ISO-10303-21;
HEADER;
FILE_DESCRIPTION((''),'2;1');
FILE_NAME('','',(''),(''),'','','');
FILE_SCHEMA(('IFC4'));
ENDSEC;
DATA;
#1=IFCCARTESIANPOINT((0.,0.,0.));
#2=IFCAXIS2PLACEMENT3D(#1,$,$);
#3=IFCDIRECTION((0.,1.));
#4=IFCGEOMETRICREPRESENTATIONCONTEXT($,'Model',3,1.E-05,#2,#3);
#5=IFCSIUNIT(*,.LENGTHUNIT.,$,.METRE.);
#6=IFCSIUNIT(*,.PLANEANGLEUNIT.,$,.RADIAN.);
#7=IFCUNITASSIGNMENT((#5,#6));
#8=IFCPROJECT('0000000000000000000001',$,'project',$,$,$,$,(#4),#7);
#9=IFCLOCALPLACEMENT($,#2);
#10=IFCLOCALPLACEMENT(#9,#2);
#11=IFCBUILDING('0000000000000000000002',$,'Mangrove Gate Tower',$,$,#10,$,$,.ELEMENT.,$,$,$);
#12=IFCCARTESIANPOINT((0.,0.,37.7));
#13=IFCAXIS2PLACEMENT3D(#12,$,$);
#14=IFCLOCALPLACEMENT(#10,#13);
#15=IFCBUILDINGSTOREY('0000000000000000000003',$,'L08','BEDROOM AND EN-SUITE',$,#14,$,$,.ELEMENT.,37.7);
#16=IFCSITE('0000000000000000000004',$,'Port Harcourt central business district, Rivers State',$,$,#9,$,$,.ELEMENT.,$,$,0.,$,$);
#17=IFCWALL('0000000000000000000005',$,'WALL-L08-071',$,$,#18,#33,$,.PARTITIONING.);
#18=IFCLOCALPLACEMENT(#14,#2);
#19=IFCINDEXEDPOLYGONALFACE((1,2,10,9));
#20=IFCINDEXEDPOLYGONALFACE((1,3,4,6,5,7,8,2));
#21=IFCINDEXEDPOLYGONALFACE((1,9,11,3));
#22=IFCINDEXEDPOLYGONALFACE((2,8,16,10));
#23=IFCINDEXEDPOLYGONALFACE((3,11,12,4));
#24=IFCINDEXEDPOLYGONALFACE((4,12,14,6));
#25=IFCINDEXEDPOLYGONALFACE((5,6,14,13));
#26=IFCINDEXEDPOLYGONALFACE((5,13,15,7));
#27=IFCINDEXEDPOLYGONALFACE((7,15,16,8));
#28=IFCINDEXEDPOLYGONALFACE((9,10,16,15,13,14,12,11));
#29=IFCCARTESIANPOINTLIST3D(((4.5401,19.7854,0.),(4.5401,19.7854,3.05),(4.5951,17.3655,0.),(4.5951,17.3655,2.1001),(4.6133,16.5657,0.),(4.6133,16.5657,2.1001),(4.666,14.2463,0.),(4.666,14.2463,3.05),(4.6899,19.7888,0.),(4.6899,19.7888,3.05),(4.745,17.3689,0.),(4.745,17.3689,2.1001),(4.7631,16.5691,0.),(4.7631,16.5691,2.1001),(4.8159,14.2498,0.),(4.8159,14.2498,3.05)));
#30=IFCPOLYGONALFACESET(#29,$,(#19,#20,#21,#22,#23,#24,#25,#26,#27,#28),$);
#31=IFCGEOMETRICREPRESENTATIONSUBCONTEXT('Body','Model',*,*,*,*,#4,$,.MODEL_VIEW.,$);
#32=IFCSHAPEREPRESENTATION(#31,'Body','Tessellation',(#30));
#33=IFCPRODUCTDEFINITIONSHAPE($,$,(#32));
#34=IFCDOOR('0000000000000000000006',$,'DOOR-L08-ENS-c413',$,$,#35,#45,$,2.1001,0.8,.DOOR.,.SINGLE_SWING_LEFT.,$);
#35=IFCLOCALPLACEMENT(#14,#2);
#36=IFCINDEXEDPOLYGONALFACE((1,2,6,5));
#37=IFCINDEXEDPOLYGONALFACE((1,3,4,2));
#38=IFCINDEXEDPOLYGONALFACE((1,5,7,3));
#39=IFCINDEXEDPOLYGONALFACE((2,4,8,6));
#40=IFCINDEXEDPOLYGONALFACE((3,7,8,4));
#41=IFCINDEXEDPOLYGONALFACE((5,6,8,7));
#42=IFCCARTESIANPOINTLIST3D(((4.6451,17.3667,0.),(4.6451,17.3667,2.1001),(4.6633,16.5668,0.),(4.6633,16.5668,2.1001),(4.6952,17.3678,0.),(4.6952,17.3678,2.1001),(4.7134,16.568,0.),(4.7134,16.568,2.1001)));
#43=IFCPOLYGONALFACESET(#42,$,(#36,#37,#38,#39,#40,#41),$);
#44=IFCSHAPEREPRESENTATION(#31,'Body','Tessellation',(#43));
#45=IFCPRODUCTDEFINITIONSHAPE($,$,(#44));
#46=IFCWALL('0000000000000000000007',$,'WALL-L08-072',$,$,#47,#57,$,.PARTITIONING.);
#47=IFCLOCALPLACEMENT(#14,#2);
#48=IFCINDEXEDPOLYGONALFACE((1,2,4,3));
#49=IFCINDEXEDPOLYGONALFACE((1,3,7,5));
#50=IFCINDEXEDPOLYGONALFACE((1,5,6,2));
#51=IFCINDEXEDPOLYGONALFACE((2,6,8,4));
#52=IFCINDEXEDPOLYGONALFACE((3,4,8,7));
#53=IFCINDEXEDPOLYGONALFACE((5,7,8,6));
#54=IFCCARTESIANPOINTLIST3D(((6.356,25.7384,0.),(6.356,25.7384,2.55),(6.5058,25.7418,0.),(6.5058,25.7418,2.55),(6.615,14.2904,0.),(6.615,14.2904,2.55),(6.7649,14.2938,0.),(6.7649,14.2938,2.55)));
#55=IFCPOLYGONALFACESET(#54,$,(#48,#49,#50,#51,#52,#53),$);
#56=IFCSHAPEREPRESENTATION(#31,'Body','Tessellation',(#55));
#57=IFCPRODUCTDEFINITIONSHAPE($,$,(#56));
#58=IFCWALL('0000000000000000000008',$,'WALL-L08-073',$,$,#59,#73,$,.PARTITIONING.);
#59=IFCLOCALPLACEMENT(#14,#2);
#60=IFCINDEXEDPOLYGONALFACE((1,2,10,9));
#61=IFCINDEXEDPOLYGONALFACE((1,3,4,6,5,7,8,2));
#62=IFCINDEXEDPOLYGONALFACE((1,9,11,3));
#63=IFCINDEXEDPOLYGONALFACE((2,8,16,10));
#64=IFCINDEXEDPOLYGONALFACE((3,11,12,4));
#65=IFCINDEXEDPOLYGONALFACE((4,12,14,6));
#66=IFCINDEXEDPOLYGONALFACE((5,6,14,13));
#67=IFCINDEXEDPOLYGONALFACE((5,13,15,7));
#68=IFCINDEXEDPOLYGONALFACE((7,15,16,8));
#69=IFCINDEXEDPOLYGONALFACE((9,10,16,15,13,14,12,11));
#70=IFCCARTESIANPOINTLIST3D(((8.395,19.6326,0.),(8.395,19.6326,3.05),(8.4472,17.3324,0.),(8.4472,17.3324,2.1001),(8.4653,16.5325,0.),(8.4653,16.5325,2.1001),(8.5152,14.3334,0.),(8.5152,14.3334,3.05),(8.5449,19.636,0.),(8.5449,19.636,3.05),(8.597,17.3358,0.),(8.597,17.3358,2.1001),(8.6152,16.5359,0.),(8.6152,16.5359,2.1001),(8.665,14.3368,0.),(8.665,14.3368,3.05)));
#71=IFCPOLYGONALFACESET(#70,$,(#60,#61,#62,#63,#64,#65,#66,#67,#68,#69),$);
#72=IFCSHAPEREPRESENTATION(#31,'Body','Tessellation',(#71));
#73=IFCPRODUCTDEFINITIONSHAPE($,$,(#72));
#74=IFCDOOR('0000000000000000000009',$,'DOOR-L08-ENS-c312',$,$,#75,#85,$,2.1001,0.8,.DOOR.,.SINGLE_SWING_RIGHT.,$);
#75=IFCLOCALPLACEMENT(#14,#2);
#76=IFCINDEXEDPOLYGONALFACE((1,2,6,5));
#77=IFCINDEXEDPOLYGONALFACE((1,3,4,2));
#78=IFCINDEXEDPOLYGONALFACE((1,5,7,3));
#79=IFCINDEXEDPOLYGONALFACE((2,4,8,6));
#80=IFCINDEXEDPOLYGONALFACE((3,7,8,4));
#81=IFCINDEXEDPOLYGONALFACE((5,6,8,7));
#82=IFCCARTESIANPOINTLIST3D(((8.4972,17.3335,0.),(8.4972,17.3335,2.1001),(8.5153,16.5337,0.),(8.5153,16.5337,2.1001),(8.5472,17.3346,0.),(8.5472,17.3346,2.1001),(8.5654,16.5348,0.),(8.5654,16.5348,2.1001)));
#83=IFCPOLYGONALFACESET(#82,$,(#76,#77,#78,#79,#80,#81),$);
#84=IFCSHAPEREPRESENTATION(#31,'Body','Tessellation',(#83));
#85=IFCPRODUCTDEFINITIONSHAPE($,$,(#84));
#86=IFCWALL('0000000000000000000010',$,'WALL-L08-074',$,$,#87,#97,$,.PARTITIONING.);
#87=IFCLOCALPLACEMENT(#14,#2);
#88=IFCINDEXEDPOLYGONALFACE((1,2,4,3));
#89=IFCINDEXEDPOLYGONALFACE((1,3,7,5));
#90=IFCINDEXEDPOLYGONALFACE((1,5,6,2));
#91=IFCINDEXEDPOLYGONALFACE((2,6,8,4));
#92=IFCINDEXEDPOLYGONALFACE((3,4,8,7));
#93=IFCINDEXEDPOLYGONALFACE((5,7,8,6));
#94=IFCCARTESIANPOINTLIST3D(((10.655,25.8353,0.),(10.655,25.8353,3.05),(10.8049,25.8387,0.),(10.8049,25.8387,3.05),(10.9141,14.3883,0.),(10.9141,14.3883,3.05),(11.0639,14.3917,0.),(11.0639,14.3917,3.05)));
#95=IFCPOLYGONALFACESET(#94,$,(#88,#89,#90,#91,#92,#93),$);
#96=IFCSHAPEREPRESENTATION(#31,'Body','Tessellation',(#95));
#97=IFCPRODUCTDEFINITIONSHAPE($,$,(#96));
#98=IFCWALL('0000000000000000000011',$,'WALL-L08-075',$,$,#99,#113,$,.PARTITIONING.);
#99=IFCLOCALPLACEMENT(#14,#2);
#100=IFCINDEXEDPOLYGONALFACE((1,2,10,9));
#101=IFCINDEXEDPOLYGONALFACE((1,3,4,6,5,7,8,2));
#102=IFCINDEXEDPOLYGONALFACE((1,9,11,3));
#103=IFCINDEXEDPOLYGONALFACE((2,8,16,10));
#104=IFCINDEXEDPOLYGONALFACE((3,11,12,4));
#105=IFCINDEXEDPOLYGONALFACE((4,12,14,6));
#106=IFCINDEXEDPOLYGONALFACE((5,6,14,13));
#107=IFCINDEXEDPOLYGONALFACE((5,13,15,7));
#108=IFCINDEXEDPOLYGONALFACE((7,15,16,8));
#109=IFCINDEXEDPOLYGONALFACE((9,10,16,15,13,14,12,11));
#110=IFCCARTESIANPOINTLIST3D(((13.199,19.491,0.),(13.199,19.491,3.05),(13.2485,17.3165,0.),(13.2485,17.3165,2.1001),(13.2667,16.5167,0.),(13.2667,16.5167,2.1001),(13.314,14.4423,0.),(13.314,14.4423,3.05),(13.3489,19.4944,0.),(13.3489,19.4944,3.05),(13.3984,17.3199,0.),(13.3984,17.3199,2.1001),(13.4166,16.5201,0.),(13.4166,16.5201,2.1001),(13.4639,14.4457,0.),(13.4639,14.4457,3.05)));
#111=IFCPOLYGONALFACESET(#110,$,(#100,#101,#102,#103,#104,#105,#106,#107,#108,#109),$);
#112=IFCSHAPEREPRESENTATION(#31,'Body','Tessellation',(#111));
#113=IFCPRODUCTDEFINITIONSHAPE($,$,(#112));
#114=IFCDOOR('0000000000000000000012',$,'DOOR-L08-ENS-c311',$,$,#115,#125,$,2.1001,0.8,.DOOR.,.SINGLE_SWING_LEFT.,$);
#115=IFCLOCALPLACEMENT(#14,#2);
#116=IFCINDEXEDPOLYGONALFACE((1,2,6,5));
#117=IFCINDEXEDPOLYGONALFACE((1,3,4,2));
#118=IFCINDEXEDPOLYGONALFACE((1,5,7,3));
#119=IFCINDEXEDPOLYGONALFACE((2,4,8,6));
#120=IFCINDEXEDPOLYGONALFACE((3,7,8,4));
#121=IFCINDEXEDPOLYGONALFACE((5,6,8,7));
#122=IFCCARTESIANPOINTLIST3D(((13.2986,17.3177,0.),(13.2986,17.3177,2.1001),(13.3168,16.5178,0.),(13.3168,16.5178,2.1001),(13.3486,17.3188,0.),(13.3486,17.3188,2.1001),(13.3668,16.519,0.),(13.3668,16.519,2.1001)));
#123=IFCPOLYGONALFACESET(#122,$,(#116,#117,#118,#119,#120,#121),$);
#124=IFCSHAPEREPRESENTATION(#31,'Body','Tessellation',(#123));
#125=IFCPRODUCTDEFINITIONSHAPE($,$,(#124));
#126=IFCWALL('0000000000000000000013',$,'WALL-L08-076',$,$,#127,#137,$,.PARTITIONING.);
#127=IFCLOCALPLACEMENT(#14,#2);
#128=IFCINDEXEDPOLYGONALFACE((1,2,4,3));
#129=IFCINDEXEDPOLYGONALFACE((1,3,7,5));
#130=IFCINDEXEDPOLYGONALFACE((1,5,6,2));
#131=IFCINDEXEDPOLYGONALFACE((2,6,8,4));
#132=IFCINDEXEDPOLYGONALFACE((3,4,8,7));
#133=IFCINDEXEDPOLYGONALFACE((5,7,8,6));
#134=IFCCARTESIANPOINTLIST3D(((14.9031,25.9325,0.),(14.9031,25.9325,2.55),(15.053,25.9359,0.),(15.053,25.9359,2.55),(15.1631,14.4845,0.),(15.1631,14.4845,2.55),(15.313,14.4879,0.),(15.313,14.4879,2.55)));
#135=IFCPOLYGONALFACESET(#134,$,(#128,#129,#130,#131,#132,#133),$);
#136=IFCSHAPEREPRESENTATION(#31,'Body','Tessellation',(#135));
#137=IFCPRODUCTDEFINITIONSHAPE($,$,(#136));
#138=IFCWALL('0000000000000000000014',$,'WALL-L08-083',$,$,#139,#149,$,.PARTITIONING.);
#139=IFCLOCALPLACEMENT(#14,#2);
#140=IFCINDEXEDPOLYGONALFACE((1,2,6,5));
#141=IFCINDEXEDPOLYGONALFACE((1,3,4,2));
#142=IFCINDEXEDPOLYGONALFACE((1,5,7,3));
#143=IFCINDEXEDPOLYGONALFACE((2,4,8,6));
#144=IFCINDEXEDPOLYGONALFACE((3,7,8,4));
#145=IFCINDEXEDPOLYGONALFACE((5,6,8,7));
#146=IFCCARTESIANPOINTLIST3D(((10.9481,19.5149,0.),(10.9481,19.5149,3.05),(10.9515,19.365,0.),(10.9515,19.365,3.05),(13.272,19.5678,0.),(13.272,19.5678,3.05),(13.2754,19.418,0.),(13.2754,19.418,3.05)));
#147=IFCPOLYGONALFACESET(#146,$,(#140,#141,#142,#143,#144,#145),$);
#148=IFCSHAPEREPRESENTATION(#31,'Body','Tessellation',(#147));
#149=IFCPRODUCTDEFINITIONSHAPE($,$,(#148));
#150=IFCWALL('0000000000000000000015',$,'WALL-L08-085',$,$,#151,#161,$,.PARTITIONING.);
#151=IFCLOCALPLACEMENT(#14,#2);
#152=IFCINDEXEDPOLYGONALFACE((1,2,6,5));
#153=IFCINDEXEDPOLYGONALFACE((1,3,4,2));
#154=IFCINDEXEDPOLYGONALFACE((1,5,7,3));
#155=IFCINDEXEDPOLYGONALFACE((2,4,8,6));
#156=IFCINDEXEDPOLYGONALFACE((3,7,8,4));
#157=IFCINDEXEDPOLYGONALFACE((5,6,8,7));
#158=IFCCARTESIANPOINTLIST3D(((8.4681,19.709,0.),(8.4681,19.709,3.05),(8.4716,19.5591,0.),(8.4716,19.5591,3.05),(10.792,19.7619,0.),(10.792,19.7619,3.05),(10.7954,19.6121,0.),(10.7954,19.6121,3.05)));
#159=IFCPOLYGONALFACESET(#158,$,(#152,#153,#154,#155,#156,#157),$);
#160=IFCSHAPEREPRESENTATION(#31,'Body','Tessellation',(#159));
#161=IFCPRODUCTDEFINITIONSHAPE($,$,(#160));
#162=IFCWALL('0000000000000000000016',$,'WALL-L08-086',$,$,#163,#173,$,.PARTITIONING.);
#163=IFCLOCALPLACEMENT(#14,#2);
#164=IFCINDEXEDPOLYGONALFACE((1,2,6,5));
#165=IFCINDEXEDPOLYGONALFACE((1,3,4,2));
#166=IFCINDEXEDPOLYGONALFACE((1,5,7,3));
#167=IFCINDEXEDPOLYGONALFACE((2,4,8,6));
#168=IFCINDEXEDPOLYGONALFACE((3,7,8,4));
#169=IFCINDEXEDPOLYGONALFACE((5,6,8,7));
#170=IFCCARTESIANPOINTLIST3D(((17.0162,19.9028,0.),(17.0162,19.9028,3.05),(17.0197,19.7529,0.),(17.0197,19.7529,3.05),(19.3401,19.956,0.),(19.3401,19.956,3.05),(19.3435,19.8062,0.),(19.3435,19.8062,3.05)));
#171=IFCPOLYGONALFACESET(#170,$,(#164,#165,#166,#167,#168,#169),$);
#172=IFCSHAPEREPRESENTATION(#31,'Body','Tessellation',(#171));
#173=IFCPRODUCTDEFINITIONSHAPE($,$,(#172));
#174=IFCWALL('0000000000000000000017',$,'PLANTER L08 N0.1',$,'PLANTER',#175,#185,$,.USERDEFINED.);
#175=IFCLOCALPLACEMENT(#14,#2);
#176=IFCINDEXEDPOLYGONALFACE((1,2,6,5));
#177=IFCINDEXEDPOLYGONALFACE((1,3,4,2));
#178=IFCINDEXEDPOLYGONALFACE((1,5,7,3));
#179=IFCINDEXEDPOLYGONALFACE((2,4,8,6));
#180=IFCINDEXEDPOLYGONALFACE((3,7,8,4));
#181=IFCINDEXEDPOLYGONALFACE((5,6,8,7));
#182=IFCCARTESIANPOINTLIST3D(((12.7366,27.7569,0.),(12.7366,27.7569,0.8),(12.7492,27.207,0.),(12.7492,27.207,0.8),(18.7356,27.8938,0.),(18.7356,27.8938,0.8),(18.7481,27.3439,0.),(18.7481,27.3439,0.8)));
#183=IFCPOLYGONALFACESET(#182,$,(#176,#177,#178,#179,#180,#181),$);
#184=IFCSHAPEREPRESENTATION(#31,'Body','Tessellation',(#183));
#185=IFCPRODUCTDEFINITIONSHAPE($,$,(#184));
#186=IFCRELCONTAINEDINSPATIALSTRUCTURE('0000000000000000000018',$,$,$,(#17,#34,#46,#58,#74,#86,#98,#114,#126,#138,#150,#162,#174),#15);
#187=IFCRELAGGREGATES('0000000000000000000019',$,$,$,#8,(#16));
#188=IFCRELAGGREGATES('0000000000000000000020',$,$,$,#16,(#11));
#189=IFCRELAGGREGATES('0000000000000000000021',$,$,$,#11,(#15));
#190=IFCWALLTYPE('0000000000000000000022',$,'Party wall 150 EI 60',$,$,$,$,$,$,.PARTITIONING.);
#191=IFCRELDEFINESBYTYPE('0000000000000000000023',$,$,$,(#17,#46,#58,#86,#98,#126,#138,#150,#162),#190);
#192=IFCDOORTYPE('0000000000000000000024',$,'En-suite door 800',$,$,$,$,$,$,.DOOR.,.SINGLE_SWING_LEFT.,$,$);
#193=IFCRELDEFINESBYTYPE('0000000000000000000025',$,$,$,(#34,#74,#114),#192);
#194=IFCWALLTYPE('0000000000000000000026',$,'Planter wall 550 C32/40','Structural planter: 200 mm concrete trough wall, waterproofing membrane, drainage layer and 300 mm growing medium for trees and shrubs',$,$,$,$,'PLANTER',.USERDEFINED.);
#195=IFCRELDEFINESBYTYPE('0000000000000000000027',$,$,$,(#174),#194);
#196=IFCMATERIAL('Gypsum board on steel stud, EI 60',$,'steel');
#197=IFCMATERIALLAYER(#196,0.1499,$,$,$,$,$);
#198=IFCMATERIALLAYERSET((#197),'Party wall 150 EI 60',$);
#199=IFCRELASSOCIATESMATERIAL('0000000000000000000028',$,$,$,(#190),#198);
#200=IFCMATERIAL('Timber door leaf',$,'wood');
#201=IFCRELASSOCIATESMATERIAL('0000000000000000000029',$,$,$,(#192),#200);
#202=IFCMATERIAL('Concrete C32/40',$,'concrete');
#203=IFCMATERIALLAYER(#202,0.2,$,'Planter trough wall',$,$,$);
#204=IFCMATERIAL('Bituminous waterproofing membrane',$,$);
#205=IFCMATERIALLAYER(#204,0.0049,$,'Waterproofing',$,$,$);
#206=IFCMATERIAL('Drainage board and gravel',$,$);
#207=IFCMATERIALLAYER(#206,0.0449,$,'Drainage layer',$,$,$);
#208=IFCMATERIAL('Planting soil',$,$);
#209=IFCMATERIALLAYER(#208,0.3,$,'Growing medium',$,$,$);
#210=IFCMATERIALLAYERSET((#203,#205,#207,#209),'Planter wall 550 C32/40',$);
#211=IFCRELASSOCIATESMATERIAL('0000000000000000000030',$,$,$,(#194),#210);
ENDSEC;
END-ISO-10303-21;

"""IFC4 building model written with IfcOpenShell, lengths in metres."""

from ifc_helpers import new_model, si_unit, direction, frame, frame_2d, origin, place, context, subcontext, project, spatial, rectangle, extrude, material, layer, layer_set, type_object, element, fill, save


model = new_model("IFC4")

# Units and contexts
model_context = context("Model", 3, precision=1e-05, world=origin(), true_north=direction((0.0, 1.0)))
body_context = subcontext(model_context, "Body", "Model", "MODEL_VIEW")
ifc_project = project(units=[si_unit("LENGTHUNIT", "METRE"), si_unit("PLANEANGLEUNIT", "RADIAN")], contexts=[model_context])

# Site, building, storey
site_placement = place(None, origin())
site = spatial("IfcSite", under=ifc_project, at=site_placement, Name="Port Harcourt central business district, Rivers State", CompositionType="ELEMENT", RefElevation=0.0)
building_placement = place(site_placement, origin())
building = spatial("IfcBuilding", under=site, at=building_placement, Name="Mangrove Gate Tower", CompositionType="ELEMENT")
storey_placement = place(building_placement, frame((0.0, 0.0, 37.7)))
storey = spatial("IfcBuildingStorey", under=building, at=storey_placement, Name="L08", Description="BEDROOM AND EN-SUITE", CompositionType="ELEMENT", Elevation=37.7)

# Shared definitions
ifc_material_1 = material(Name="Gypsum board on steel stud, EI 60", Category="steel")
ifc_layer_1 = layer(ifc_material_1, 0.1499)
ifc_layer_set_1 = layer_set([ifc_layer_1], Name="Party wall 150 EI 60")
wall_type_1 = type_object("IfcWallType", Name="Party wall 150 EI 60", PredefinedType="PARTITIONING", material=ifc_layer_set_1)
ifc_material_2 = material(Name="Timber door leaf", Category="wood")
door_type_1 = type_object("IfcDoorType", Name="En-suite door 800", OperationType="SINGLE_SWING_LEFT", PredefinedType="DOOR", material=ifc_material_2)

# Wall, opening, door
wall_1_placement = place(storey_placement, frame((4.741, 14.248, 0.0), z_axis=(0.0, 0.0, 1.0), x_axis=(-0.022737, 0.999741, 0.0)))
wall_1 = element("IfcWall", 1, at=wall_1_placement, inside=storey, type_object=wall_type_1, Name="WALL-L08-071", PredefinedType="PARTITIONING", context=body_context, shape_type="SweptSolid", body=[
    extrude(rectangle(XDim=5.5405, YDim=0.1499, at=frame_2d((2.7703, 0.0))), origin(), (0.0, 0.0, 1.0), 3.05),
])
opening_1_placement = place(wall_1_placement, frame((2.3201, 0.0, 0.0)))
opening_1 = element("IfcOpeningElement", 2, at=opening_1_placement, cuts=wall_1, PredefinedType="OPENING", context=body_context, shape_type="SweptSolid", body=[
    extrude(rectangle(XDim=0.8, YDim=2.1001, at=frame_2d((0.3999, 1.05))), frame((0.0, 0.085, 0.0), z_axis=(0.0, -1.0, 0.0), x_axis=(1.0, 0.0, 0.0)), (0.0, 0.0, 1.0), 0.1699),
])
door_1_placement = place(opening_1_placement, origin())
door_1 = element("IfcDoor", 3, at=door_1_placement, inside=storey, type_object=door_type_1, Name="DOOR-L08-ENS-c413", OperationType="SINGLE_SWING_LEFT", OverallHeight=2.1001, OverallWidth=0.8, PredefinedType="DOOR", context=body_context, shape_type="SweptSolid", body=[
    extrude(rectangle(XDim=0.8, YDim=2.1001, at=frame_2d((0.3999, 1.05))), frame((0.0, 0.0249, 0.0), z_axis=(0.0, -1.0, 0.0), x_axis=(1.0, 0.0, 0.0)), (0.0, 0.0, 1.0), 0.05),
])
fill(opening_1, door_1)

# Wall
wall_2_placement = place(storey_placement, frame((6.6899, 14.292, 0.0), z_axis=(0.0, 0.0, 1.0), x_axis=(-0.022621, 0.999744, 0.0)))
element("IfcWall", 4, at=wall_2_placement, inside=storey, type_object=wall_type_1, Name="WALL-L08-072", PredefinedType="PARTITIONING", context=body_context, shape_type="SweptSolid", body=[
    extrude(rectangle(XDim=11.4509, YDim=0.1499, at=frame_2d((5.7256, 0.0))), origin(), (0.0, 0.0, 1.0), 2.55),
])

# Wall, opening, door
wall_3_placement = place(storey_placement, frame((8.5901, 14.335, 0.0), z_axis=(0.0, 0.0, 1.0), x_axis=(-0.022662, 0.999743, 0.0)))
wall_3 = element("IfcWall", 5, at=wall_3_placement, inside=storey, type_object=wall_type_1, Name="WALL-L08-073", PredefinedType="PARTITIONING", context=body_context, shape_type="SweptSolid", body=[
    extrude(rectangle(XDim=5.3005, YDim=0.1499, at=frame_2d((2.6504, 0.0))), origin(), (0.0, 0.0, 1.0), 3.05),
])
opening_2_placement = place(wall_3_placement, frame((2.2, 0.0, 0.0)))
opening_2 = element("IfcOpeningElement", 6, at=opening_2_placement, cuts=wall_3, PredefinedType="OPENING", context=body_context, shape_type="SweptSolid", body=[
    extrude(rectangle(XDim=0.8, YDim=2.1001, at=frame_2d((0.3999, 1.05))), frame((0.0, 0.085, 0.0), z_axis=(0.0, -1.0, 0.0), x_axis=(1.0, 0.0, 0.0)), (0.0, 0.0, 1.0), 0.1699),
])
door_2_placement = place(opening_2_placement, origin())
door_2 = element("IfcDoor", 7, at=door_2_placement, inside=storey, type_object=door_type_1, Name="DOOR-L08-ENS-c312", OperationType="SINGLE_SWING_RIGHT", OverallHeight=2.1001, OverallWidth=0.8, PredefinedType="DOOR", context=body_context, shape_type="SweptSolid", body=[
    extrude(rectangle(XDim=0.8, YDim=2.1001, at=frame_2d((0.3999, 1.05))), frame((0.0, 0.0249, 0.0), z_axis=(0.0, -1.0, 0.0), x_axis=(1.0, 0.0, 0.0)), (0.0, 0.0, 1.0), 0.05),
])
fill(opening_2, door_2)

# Wall
wall_4_placement = place(storey_placement, frame((10.989, 14.3899, 0.0), z_axis=(0.0, 0.0, 1.0), x_axis=(-0.022623, 0.999744, 0.0)))
element("IfcWall", 8, at=wall_4_placement, inside=storey, type_object=wall_type_1, Name="WALL-L08-074", PredefinedType="PARTITIONING", context=body_context, shape_type="SweptSolid", body=[
    extrude(rectangle(XDim=11.45, YDim=0.1499, at=frame_2d((5.7251, 0.0))), origin(), (0.0, 0.0, 1.0), 3.05),
])

# Wall, opening, door
wall_5_placement = place(storey_placement, frame((13.3889, 14.4441, 0.0), z_axis=(0.0, 0.0, 1.0), x_axis=(-0.02277, 0.999741, 0.0)))
wall_5 = element("IfcWall", 9, at=wall_5_placement, inside=storey, type_object=wall_type_1, Name="WALL-L08-075", PredefinedType="PARTITIONING", context=body_context, shape_type="SweptSolid", body=[
    extrude(rectangle(XDim=5.05, YDim=0.1499, at=frame_2d((2.5249, 0.0))), origin(), (0.0, 0.0, 1.0), 3.05),
])
opening_3_placement = place(wall_5_placement, frame((2.075, 0.0, 0.0)))
opening_3 = element("IfcOpeningElement", 10, at=opening_3_placement, cuts=wall_5, PredefinedType="OPENING", context=body_context, shape_type="SweptSolid", body=[
    extrude(rectangle(XDim=0.8, YDim=2.1001, at=frame_2d((0.3999, 1.05))), frame((0.0, 0.085, 0.0), z_axis=(0.0, -1.0, 0.0), x_axis=(1.0, 0.0, 0.0)), (0.0, 0.0, 1.0), 0.1699),
])
door_3_placement = place(opening_3_placement, origin())
door_3 = element("IfcDoor", 11, at=door_3_placement, inside=storey, type_object=door_type_1, Name="DOOR-L08-ENS-c311", OperationType="SINGLE_SWING_LEFT", OverallHeight=2.1001, OverallWidth=0.8, PredefinedType="DOOR", context=body_context, shape_type="SweptSolid", body=[
    extrude(rectangle(XDim=0.8, YDim=2.1001, at=frame_2d((0.3999, 1.05))), frame((0.0, 0.0249, 0.0), z_axis=(0.0, -1.0, 0.0), x_axis=(1.0, 0.0, 0.0)), (0.0, 0.0, 1.0), 0.05),
])
fill(opening_3, door_3)

# Walls
wall_6_placement = place(storey_placement, frame((15.238, 14.4861, 0.0), z_axis=(0.0, 0.0, 1.0), x_axis=(-0.022706, 0.999742, 0.0)))
element("IfcWall", 12, at=wall_6_placement, inside=storey, type_object=wall_type_1, Name="WALL-L08-076", PredefinedType="PARTITIONING", context=body_context, shape_type="SweptSolid", body=[
    extrude(rectangle(XDim=11.4509, YDim=0.1499, at=frame_2d((5.7256, 0.0))), origin(), (0.0, 0.0, 1.0), 2.55),
])
for number, where, z_axis, x_axis, name in (
    (13, (10.95, 19.4399, 0.0), (0.0, 0.0, 1.0), (0.99974, 0.022791, 0.0), "WALL-L08-083"),
    (14, (8.47, 19.634, 0.0), (0.0, 0.0, 1.0), (0.99974, 0.022791, 0.0), "WALL-L08-085"),
    (15, (17.0181, 19.8279, 0.0), (0.0, 0.0, 1.0), (0.999738, 0.022896, 0.0), "WALL-L08-086"),
):
    element("IfcWall", number, at=place(storey_placement, frame(where, z_axis=z_axis, x_axis=x_axis)), inside=storey, type_object=wall_type_1, Name=name, PredefinedType="PARTITIONING", context=body_context, shape_type="SweptSolid", body=[
        extrude(rectangle(XDim=2.3245, YDim=0.1499, at=frame_2d((1.1621, 0.0))), origin(), (0.0, 0.0, 1.0), 3.05),
    ])
ifc_material_3 = material(Name="Concrete C32/40", Category="concrete")
ifc_layer_2 = layer(ifc_material_3, 0.2, Name="Planter trough wall")
ifc_material_4 = material(Name="Bituminous waterproofing membrane")
ifc_layer_3 = layer(ifc_material_4, 0.0049, Name="Waterproofing")
ifc_material_5 = material(Name="Drainage board and gravel")
ifc_layer_4 = layer(ifc_material_5, 0.0449, Name="Drainage layer")
ifc_material_6 = material(Name="Planting soil")
ifc_layer_5 = layer(ifc_material_6, 0.3, Name="Growing medium")
ifc_layer_set_2 = layer_set([ifc_layer_2, ifc_layer_3, ifc_layer_4, ifc_layer_5], Name="Planter wall 550 C32/40")
wall_type_2 = type_object("IfcWallType", Name="Planter wall 550 C32/40", Description="Structural planter: 200 mm concrete trough wall, waterproofing membrane, drainage layer and 300 mm growing medium for trees and shrubs", ElementType="PLANTER", PredefinedType="USERDEFINED", material=ifc_layer_set_2)
wall_7_placement = place(storey_placement, frame((12.7429, 27.4819, 0.0), z_axis=(0.0, 0.0, 1.0), x_axis=(0.999739, 0.022825, 0.0)))
element("IfcWall", 16, at=wall_7_placement, inside=storey, type_object=wall_type_2, Name="PLANTER L08 N0.1", ObjectType="PLANTER", PredefinedType="USERDEFINED", context=body_context, shape_type="SweptSolid", body=[
    extrude(rectangle(XDim=6.0005, YDim=0.55, at=frame_2d((3.0002, 0.0))), origin(), (0.0, 0.0, 1.0), 0.8),
])

save(model, "model.ifc")
